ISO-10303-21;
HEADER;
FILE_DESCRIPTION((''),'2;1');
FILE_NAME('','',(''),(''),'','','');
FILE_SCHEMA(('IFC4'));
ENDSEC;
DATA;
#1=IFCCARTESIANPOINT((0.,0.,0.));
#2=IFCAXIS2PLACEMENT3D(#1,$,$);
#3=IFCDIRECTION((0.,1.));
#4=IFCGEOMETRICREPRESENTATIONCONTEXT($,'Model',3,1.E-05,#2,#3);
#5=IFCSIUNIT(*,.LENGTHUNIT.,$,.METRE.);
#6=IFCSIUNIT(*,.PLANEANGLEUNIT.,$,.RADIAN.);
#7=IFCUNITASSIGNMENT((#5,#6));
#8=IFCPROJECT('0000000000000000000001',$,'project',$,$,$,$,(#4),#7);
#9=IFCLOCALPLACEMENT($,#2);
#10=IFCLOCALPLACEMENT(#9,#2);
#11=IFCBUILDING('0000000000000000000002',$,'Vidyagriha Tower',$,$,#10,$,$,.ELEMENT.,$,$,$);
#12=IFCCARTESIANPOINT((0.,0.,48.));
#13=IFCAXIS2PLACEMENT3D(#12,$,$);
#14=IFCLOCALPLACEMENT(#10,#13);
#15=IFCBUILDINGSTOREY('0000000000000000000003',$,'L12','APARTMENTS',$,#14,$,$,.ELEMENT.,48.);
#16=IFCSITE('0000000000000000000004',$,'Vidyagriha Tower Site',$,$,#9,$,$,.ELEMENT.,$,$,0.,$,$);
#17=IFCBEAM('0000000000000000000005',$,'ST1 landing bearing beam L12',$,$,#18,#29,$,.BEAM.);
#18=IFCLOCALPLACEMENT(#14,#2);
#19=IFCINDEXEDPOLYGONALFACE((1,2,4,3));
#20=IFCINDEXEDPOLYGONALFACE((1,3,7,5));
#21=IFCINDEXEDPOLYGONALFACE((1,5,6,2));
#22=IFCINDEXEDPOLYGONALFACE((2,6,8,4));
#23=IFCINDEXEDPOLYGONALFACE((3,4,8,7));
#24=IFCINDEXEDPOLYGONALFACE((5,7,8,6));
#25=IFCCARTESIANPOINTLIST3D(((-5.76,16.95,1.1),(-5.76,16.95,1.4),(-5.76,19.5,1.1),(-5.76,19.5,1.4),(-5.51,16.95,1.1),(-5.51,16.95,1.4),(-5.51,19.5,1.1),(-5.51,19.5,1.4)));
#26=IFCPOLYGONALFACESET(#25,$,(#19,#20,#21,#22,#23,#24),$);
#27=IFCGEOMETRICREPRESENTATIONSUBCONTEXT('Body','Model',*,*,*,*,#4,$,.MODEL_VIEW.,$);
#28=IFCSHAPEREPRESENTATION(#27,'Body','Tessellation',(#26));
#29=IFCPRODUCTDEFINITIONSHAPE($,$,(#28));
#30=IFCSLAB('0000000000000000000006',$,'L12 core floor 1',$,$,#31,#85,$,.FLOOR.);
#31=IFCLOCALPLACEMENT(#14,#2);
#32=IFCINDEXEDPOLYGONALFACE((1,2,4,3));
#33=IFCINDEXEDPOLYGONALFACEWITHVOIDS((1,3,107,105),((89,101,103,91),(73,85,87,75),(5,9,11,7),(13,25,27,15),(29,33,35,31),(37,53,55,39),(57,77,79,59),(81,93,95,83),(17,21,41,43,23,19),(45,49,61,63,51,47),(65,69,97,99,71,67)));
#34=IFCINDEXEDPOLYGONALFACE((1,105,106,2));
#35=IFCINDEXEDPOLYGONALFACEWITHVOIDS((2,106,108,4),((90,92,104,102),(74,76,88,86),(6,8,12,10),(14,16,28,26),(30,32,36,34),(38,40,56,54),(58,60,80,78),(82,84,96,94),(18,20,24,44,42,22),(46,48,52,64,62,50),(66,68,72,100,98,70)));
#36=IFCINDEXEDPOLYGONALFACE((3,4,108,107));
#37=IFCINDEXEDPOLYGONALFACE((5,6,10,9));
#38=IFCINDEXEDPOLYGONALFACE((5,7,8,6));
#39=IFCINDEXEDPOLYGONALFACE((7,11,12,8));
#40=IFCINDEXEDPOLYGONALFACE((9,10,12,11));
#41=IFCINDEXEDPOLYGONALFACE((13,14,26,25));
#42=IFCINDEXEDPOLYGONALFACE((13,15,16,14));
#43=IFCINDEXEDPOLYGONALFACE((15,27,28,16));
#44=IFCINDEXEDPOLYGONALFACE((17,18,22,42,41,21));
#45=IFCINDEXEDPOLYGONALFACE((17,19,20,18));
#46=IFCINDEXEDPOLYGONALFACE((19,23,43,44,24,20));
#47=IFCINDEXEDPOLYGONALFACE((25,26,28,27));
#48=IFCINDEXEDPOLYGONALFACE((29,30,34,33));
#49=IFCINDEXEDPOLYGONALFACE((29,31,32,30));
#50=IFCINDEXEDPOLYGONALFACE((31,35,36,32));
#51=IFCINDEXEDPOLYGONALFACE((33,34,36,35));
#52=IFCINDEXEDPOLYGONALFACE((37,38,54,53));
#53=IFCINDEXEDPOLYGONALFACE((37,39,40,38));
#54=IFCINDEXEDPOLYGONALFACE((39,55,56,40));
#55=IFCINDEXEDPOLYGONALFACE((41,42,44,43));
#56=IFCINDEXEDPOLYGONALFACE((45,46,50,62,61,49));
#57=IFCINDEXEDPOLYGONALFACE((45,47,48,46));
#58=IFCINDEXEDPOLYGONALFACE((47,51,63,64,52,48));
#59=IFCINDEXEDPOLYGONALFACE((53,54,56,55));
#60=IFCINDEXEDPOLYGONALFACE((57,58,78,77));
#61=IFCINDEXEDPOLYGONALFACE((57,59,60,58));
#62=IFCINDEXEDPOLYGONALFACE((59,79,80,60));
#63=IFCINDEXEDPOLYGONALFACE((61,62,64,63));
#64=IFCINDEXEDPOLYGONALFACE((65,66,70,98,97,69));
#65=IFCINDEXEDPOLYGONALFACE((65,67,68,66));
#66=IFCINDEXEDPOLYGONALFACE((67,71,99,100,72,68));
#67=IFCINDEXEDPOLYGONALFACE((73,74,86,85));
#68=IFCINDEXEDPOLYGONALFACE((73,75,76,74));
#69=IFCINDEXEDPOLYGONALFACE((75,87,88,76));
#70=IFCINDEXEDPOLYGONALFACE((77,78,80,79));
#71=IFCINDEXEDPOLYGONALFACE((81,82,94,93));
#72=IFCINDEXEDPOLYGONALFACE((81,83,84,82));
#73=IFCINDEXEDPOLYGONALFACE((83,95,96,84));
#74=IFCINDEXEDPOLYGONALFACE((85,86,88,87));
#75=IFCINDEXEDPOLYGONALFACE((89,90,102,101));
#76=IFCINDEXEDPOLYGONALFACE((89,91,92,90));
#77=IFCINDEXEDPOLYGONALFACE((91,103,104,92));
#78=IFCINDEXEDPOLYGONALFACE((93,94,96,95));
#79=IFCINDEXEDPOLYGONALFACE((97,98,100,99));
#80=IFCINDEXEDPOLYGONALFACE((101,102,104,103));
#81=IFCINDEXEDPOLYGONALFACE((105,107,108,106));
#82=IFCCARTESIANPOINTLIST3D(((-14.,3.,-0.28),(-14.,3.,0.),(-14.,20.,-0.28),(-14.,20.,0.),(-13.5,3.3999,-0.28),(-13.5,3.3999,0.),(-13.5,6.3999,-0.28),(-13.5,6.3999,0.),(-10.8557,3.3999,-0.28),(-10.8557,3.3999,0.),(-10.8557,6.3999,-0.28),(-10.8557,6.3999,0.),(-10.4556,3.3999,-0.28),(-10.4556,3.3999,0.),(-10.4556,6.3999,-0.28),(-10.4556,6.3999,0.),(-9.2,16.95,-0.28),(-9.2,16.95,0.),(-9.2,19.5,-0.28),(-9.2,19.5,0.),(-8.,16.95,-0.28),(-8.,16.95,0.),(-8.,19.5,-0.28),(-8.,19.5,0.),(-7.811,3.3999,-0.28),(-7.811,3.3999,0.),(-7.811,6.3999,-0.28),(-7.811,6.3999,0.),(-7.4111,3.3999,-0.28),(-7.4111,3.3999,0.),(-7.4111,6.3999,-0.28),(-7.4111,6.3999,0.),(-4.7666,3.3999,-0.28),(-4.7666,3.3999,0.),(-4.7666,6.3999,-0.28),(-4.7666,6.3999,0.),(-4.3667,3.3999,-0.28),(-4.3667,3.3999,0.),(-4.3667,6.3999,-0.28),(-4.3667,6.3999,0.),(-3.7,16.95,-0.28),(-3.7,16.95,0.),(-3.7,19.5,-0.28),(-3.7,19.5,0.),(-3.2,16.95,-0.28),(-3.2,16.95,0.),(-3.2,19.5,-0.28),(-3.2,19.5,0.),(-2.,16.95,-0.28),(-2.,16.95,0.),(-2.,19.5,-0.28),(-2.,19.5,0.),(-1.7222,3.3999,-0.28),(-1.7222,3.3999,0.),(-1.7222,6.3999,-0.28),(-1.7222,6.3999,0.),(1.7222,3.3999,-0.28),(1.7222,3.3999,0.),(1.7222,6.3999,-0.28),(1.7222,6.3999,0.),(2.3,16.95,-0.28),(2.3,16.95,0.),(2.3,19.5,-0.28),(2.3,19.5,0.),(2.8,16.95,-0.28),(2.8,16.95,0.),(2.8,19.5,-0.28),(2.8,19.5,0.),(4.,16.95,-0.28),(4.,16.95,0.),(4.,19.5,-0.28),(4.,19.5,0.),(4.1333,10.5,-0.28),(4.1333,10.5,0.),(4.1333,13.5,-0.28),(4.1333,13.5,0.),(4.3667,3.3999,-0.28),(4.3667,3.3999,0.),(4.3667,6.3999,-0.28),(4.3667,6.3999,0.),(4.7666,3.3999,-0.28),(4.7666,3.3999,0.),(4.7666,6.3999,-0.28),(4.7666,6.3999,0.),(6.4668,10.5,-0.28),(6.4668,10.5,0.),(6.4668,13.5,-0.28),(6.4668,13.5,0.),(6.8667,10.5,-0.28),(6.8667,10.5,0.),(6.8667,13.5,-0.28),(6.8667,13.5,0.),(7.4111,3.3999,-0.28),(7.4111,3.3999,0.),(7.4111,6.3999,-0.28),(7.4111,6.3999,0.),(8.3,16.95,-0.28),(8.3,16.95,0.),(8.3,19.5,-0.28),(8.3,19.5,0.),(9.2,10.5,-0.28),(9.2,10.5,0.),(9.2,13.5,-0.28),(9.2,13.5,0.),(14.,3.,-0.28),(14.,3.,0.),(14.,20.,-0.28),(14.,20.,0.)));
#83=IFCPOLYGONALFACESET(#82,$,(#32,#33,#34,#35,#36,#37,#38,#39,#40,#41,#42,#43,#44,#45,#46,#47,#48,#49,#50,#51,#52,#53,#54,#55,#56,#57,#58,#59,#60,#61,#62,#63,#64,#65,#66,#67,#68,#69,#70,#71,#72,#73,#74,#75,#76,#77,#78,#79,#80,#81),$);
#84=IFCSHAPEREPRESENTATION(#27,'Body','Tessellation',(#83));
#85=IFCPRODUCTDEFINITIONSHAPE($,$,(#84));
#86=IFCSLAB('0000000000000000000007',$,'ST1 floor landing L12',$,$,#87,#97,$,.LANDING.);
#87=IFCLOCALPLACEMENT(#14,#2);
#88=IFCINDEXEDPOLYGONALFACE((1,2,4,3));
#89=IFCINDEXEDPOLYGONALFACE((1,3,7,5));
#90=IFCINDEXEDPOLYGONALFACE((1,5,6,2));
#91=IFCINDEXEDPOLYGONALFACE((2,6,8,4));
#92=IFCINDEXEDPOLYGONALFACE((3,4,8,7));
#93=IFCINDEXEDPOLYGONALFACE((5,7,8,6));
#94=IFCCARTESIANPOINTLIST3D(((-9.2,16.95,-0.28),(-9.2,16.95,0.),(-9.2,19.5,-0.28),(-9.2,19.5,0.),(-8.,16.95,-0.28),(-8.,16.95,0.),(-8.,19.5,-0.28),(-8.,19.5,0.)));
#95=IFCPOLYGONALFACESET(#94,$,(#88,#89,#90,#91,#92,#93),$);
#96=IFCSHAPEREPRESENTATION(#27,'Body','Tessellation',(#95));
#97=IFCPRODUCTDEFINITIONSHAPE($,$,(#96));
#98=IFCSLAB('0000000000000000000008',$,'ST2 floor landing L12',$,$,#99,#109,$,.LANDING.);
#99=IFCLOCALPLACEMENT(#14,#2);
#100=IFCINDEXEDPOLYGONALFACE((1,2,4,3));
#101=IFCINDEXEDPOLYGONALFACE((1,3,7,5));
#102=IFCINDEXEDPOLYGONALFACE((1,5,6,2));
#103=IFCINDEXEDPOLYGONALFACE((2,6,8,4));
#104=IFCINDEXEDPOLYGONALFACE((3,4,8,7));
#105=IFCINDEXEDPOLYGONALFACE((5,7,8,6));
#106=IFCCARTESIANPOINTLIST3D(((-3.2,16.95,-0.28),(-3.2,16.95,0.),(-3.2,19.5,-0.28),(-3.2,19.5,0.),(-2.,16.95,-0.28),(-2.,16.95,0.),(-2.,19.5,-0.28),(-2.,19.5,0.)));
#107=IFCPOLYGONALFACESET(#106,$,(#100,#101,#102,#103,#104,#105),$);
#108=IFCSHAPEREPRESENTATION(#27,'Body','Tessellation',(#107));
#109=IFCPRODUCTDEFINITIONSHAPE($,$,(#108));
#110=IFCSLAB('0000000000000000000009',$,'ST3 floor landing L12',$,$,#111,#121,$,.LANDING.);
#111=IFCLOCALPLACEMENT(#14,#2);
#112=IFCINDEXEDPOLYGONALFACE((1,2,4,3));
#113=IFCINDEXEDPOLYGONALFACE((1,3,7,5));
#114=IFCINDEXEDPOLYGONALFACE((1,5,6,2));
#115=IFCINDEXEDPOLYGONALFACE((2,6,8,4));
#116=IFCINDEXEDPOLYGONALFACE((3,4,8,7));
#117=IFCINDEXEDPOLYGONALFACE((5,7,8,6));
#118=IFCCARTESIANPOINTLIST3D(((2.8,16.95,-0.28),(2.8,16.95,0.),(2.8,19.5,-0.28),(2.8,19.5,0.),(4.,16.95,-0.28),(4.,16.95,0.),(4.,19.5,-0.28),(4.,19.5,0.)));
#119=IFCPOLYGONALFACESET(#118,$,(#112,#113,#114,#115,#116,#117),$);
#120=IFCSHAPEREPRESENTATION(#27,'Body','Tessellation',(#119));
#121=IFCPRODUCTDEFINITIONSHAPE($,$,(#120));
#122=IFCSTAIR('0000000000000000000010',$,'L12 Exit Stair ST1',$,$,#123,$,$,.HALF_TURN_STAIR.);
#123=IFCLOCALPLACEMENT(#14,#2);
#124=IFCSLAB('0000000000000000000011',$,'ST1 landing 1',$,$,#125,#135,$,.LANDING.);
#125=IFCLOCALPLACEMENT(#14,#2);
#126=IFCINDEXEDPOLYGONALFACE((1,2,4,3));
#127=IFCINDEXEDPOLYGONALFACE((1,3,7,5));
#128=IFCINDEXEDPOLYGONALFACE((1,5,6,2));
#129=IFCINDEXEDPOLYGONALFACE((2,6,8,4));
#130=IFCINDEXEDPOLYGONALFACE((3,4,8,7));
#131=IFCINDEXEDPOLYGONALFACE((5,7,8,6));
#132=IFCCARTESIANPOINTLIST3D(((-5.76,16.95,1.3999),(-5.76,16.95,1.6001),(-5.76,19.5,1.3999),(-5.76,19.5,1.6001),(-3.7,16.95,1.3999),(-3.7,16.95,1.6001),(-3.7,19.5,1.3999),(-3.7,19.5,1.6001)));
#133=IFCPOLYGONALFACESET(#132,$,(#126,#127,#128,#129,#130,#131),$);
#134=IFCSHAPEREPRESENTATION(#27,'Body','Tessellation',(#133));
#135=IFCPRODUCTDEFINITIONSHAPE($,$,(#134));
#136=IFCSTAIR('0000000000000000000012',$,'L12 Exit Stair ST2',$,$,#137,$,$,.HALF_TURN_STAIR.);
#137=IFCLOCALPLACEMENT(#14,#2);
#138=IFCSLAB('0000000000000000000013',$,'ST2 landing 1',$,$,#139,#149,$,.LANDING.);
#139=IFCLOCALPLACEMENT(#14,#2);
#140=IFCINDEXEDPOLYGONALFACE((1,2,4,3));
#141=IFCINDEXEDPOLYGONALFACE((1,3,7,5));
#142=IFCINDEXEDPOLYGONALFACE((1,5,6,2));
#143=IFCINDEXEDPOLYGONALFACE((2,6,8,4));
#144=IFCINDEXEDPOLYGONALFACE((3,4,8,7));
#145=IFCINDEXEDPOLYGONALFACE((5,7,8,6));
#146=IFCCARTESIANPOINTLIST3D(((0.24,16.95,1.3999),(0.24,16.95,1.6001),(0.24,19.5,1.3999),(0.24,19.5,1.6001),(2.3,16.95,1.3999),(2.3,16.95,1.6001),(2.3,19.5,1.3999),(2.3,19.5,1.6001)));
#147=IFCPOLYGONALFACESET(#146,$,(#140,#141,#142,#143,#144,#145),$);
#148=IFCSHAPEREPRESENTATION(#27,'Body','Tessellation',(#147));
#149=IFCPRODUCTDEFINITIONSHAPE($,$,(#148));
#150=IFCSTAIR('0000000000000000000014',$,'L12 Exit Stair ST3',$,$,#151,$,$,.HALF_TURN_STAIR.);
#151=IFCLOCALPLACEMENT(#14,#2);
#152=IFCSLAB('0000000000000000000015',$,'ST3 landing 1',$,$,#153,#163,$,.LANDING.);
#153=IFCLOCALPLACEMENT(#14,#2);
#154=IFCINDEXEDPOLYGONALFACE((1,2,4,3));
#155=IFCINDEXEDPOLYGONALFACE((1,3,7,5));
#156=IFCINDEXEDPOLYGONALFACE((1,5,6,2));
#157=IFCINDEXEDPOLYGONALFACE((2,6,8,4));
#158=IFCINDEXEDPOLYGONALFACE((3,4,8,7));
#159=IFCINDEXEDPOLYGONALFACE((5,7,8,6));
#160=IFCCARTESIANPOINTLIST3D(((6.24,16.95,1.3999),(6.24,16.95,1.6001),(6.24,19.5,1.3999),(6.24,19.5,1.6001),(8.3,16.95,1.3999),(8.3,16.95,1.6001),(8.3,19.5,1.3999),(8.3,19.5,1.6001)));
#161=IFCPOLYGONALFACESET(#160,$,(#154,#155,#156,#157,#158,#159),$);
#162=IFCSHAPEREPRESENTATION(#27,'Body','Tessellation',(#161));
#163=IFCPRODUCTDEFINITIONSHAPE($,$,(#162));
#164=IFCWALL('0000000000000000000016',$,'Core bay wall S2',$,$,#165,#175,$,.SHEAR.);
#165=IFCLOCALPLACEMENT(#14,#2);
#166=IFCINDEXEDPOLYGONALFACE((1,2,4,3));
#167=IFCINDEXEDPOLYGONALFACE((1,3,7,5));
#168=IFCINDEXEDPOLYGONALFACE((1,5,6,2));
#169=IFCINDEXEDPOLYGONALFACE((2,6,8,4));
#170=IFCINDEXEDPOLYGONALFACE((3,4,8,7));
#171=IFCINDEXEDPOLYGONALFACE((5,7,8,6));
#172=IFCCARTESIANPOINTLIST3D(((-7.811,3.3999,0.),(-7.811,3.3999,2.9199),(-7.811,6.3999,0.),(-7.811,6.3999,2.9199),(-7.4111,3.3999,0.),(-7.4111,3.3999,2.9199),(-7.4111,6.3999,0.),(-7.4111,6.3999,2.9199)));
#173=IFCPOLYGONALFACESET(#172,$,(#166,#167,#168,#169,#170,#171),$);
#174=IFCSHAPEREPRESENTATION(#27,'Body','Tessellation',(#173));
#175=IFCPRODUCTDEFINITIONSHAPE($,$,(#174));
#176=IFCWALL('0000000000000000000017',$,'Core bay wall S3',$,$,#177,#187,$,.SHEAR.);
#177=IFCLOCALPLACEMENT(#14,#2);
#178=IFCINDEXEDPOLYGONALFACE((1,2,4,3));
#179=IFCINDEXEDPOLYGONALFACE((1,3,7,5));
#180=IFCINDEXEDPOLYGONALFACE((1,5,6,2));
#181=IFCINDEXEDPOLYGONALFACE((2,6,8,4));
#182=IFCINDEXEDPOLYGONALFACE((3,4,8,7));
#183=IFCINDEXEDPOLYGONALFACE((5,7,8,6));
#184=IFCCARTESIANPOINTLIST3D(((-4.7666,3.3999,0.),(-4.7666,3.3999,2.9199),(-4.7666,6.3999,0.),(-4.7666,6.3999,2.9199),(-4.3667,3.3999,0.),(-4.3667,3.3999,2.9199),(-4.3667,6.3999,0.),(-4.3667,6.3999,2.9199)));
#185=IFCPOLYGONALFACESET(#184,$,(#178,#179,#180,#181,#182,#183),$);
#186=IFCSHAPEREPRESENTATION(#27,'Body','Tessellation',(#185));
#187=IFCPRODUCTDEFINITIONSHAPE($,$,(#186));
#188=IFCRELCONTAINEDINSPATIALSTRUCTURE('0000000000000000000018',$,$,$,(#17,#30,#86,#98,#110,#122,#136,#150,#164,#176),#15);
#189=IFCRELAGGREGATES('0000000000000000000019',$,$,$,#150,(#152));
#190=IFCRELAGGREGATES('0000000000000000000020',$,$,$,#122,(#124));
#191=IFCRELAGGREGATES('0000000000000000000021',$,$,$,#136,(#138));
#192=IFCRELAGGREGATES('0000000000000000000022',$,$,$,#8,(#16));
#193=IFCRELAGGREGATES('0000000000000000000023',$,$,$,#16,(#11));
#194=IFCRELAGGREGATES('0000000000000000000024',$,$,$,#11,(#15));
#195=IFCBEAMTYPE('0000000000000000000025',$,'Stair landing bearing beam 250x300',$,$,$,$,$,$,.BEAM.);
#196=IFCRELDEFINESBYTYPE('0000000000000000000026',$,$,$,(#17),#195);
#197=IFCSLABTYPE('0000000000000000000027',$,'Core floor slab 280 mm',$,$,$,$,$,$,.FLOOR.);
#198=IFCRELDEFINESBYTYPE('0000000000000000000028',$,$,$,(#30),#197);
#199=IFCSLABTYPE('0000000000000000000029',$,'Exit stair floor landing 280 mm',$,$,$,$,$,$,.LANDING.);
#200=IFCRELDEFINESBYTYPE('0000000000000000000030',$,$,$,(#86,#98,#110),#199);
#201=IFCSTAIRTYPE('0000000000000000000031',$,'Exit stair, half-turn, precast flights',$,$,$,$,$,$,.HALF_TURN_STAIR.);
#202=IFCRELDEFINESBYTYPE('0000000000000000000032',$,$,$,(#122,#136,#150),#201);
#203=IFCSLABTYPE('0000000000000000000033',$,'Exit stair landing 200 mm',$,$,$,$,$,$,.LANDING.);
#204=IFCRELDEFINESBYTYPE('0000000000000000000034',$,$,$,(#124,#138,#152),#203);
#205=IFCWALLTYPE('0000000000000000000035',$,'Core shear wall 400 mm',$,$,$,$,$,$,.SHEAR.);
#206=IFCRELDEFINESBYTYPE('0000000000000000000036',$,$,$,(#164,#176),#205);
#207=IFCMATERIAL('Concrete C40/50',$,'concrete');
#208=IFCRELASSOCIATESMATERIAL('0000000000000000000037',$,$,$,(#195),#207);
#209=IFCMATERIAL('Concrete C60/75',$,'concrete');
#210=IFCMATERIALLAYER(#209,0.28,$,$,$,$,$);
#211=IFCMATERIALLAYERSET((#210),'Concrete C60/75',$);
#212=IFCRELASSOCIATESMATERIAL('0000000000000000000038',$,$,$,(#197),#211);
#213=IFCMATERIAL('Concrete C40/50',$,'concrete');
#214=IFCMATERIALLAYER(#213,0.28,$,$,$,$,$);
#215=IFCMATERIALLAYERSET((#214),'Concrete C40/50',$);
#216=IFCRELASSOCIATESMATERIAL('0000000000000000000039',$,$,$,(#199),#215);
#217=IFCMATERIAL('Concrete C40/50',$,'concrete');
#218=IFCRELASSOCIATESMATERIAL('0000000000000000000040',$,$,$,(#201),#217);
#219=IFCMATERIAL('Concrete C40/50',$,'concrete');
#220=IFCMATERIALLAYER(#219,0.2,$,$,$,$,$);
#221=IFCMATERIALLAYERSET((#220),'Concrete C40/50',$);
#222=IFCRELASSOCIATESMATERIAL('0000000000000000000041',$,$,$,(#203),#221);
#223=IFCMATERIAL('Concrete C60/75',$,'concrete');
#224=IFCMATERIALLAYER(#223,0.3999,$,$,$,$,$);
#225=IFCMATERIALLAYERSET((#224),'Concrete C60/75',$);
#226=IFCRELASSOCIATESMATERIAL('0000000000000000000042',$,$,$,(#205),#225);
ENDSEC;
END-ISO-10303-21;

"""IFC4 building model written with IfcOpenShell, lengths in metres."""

from ifc_helpers import new_model, si_unit, direction, frame, frame_2d, origin, origin_2d, place, context, subcontext, project, spatial, polyline, rectangle, outline, extrude, material, layer, layer_set, material_profile, profile_set, type_object, element, aggregate, save


model = new_model("IFC4")

# Units and contexts
model_context = context("Model", 3, precision=1e-05, world=origin(), true_north=direction((0.0, 1.0)))
body_context = subcontext(model_context, "Body", "Model", "MODEL_VIEW")
ifc_project = project(units=[si_unit("LENGTHUNIT", "METRE"), si_unit("PLANEANGLEUNIT", "RADIAN")], contexts=[model_context])

# Site, building, storey
site_placement = place(None, origin())
site = spatial("IfcSite", under=ifc_project, at=site_placement, Name="Vidyagriha Tower Site", CompositionType="ELEMENT", RefElevation=0.0)
building_placement = place(site_placement, origin())
building = spatial("IfcBuilding", under=site, at=building_placement, Name="Vidyagriha Tower", CompositionType="ELEMENT")
storey_placement = place(building_placement, frame((0.0, 0.0, 48.0)))
storey = spatial("IfcBuildingStorey", under=building, at=storey_placement, Name="L12", Description="APARTMENTS", CompositionType="ELEMENT", Elevation=48.0)

# Beam
ifc_material_1 = material(Name="Concrete C40/50", Category="concrete")
ifc_material_profile = material_profile(ifc_material_1, rectangle(XDim=0.25, YDim=0.3, at=origin_2d()), Name="Stair landing bearing beam 250x300")
ifc_profile_set = profile_set([ifc_material_profile], Name="Concrete C40/50")
beam_type = type_object("IfcBeamType", Name="Stair landing bearing beam 250x300", PredefinedType="BEAM", material=ifc_profile_set)
beam_placement = place(storey_placement, frame((-5.635, 16.95, 1.25), z_axis=(0.0, 1.0, 0.0), x_axis=(-1.0, 0.0, 0.0)))
element("IfcBeam", 1, at=beam_placement, inside=storey, type_object=beam_type, Name="ST1 landing bearing beam L12", PredefinedType="BEAM", context=body_context, shape_type="SweptSolid", body=[
    extrude(rectangle(XDim=0.25, YDim=0.3, at=origin_2d()), origin(), (0.0, 0.0, 1.0), 2.55),
])

# Slabs
ifc_material_2 = material(Name="Concrete C60/75", Category="concrete")
ifc_layer_1 = layer(ifc_material_2, 0.28)
ifc_layer_set_1 = layer_set([ifc_layer_1], Name="Concrete C60/75")
slab_type_1 = type_object("IfcSlabType", Name="Core floor slab 280 mm", PredefinedType="FLOOR", material=ifc_layer_set_1)
slab_1_placement = place(storey_placement, frame((0.0, 0.0, -0.28)))
element("IfcSlab", 2, at=slab_1_placement, inside=storey, type_object=slab_type_1, Name="L12 core floor 1", PredefinedType="FLOOR", context=body_context, shape_type="SweptSolid", body=[
    extrude(outline(polyline([(-14.0, 3.0), (-14.0, 20.0), (14.0, 20.0), (14.0, 3.0), (-14.0, 3.0)]), holes=[polyline([(9.2, 13.5), (6.8667, 13.5), (6.8667, 10.5), (9.2, 10.5), (9.2, 13.5)]), polyline([(4.0, 19.5), (2.8, 19.5), (2.8, 16.95), (4.0, 16.95), (8.3, 16.95), (8.3, 19.5), (4.0, 19.5)]), polyline([(7.4111, 6.3999), (4.7666, 6.3999), (4.7666, 3.3999), (7.4111, 3.3999), (7.4111, 6.3999)]), polyline([(6.4668, 13.5), (4.1333, 13.5), (4.1333, 10.5), (6.4668, 10.5), (6.4668, 13.5)]), polyline([(1.7222, 6.3999), (1.7222, 3.3999), (4.3667, 3.3999), (4.3667, 6.3999), (1.7222, 6.3999)]), polyline([(-2.0, 16.95), (2.3, 16.95), (2.3, 19.5), (-2.0, 19.5), (-3.2, 19.5), (-3.2, 16.95), (-2.0, 16.95)]), polyline([(-1.7222, 6.3999), (-4.3667, 6.3999), (-4.3667, 3.3999), (-1.7222, 3.3999), (-1.7222, 6.3999)]), polyline([(-8.0, 19.5), (-9.2, 19.5), (-9.2, 16.95), (-8.0, 16.95), (-3.7, 16.95), (-3.7, 19.5), (-8.0, 19.5)]), polyline([(-4.7666, 6.3999), (-7.4111, 6.3999), (-7.4111, 3.3999), (-4.7666, 3.3999), (-4.7666, 6.3999)]), polyline([(-7.811, 6.3999), (-10.4556, 6.3999), (-10.4556, 3.3999), (-7.811, 3.3999), (-7.811, 6.3999)]), polyline([(-13.5, 6.3999), (-13.5, 3.3999), (-10.8557, 3.3999), (-10.8557, 6.3999), (-13.5, 6.3999)])]), origin(), (0.0, 0.0, 1.0), 0.28),
])
ifc_material_3 = material(Name="Concrete C40/50", Category="concrete")
ifc_layer_2 = layer(ifc_material_3, 0.28)
ifc_layer_set_2 = layer_set([ifc_layer_2], Name="Concrete C40/50")
slab_type_2 = type_object("IfcSlabType", Name="Exit stair floor landing 280 mm", PredefinedType="LANDING", material=ifc_layer_set_2)
slab_2_placement = place(storey_placement, frame((0.0, 0.0, -0.28)))
element("IfcSlab", 3, at=slab_2_placement, inside=storey, type_object=slab_type_2, Name="ST1 floor landing L12", PredefinedType="LANDING", context=body_context, shape_type="SweptSolid", body=[
    extrude(outline(polyline([(-9.2, 16.95), (-8.0, 16.95), (-8.0, 19.5), (-9.2, 19.5), (-9.2, 16.95)])), origin(), (0.0, 0.0, 1.0), 0.28),
])
slab_3_placement = place(storey_placement, frame((0.0, 0.0, -0.28)))
element("IfcSlab", 4, at=slab_3_placement, inside=storey, type_object=slab_type_2, Name="ST2 floor landing L12", PredefinedType="LANDING", context=body_context, shape_type="SweptSolid", body=[
    extrude(outline(polyline([(-3.2, 16.95), (-2.0, 16.95), (-2.0, 19.5), (-3.2, 19.5), (-3.2, 16.95)])), origin(), (0.0, 0.0, 1.0), 0.28),
])
slab_4_placement = place(storey_placement, frame((0.0, 0.0, -0.28)))
element("IfcSlab", 5, at=slab_4_placement, inside=storey, type_object=slab_type_2, Name="ST3 floor landing L12", PredefinedType="LANDING", context=body_context, shape_type="SweptSolid", body=[
    extrude(outline(polyline([(2.8, 16.95), (4.0, 16.95), (4.0, 19.5), (2.8, 19.5), (2.8, 16.95)])), origin(), (0.0, 0.0, 1.0), 0.28),
])

# Stairs, slabs
ifc_material_4 = material(Name="Concrete C40/50", Category="concrete")
stair_type = type_object("IfcStairType", Name="Exit stair, half-turn, precast flights", PredefinedType="HALF_TURN_STAIR", material=ifc_material_4)
stair_1_placement = place(storey_placement, origin())
stair_1 = element("IfcStair", 6, at=stair_1_placement, inside=storey, type_object=stair_type, Name="L12 Exit Stair ST1", PredefinedType="HALF_TURN_STAIR")
ifc_material_5 = material(Name="Concrete C40/50", Category="concrete")
ifc_layer_3 = layer(ifc_material_5, 0.2)
ifc_layer_set_3 = layer_set([ifc_layer_3], Name="Concrete C40/50")
slab_type_3 = type_object("IfcSlabType", Name="Exit stair landing 200 mm", PredefinedType="LANDING", material=ifc_layer_set_3)
slab_5_placement = place(storey_placement, frame((0.0, 0.0, 1.3999)))
slab_5 = element("IfcSlab", 7, at=slab_5_placement, type_object=slab_type_3, Name="ST1 landing 1", PredefinedType="LANDING", context=body_context, shape_type="SweptSolid", body=[
    extrude(outline(polyline([(-5.76, 16.95), (-3.7, 16.95), (-3.7, 19.5), (-5.76, 19.5), (-5.76, 16.95)])), origin(), (0.0, 0.0, 1.0), 0.2002),
])
stair_2_placement = place(storey_placement, origin())
stair_2 = element("IfcStair", 8, at=stair_2_placement, inside=storey, type_object=stair_type, Name="L12 Exit Stair ST2", PredefinedType="HALF_TURN_STAIR")
slab_6_placement = place(storey_placement, frame((0.0, 0.0, 1.3999)))
slab_6 = element("IfcSlab", 9, at=slab_6_placement, type_object=slab_type_3, Name="ST2 landing 1", PredefinedType="LANDING", context=body_context, shape_type="SweptSolid", body=[
    extrude(outline(polyline([(0.24, 16.95), (2.3, 16.95), (2.3, 19.5), (0.24, 19.5), (0.24, 16.95)])), origin(), (0.0, 0.0, 1.0), 0.2002),
])
stair_3_placement = place(storey_placement, origin())
stair_3 = element("IfcStair", 10, at=stair_3_placement, inside=storey, type_object=stair_type, Name="L12 Exit Stair ST3", PredefinedType="HALF_TURN_STAIR")
slab_7_placement = place(storey_placement, frame((0.0, 0.0, 1.3999)))
slab_7 = element("IfcSlab", 11, at=slab_7_placement, type_object=slab_type_3, Name="ST3 landing 1", PredefinedType="LANDING", context=body_context, shape_type="SweptSolid", body=[
    extrude(outline(polyline([(6.24, 16.95), (8.3, 16.95), (8.3, 19.5), (6.24, 19.5), (6.24, 16.95)])), origin(), (0.0, 0.0, 1.0), 0.2002),
])
aggregate(stair_3, [slab_7])

# Walls
ifc_material_6 = material(Name="Concrete C60/75", Category="concrete")
ifc_layer_4 = layer(ifc_material_6, 0.3999)
ifc_layer_set_4 = layer_set([ifc_layer_4], Name="Concrete C60/75")
wall_type_1 = type_object("IfcWallType", Name="Core shear wall 400 mm", PredefinedType="SHEAR", material=ifc_layer_set_4)
for number, where, z_axis, x_axis, name in (
    (12, (-7.6111, 3.3999, 0.0), (0.0, 0.0, 1.0), (0.0, 1.0, 0.0), "Core bay wall S2"),
    (13, (-4.5667, 3.3999, 0.0), (0.0, 0.0, 1.0), (0.0, 1.0, 0.0), "Core bay wall S3"),
):
    element("IfcWall", number, at=place(storey_placement, frame(where, z_axis=z_axis, x_axis=x_axis)), inside=storey, type_object=wall_type_1, Name=name, PredefinedType="SHEAR", context=body_context, shape_type="SweptSolid", body=[
        extrude(rectangle(XDim=3.0, YDim=0.3999, at=frame_2d((1.5, 0.0))), origin(), (0.0, 0.0, 1.0), 2.9199),
    ])

aggregate(stair_1, [slab_5])
aggregate(stair_2, [slab_6])

save(model, "model.ifc")
